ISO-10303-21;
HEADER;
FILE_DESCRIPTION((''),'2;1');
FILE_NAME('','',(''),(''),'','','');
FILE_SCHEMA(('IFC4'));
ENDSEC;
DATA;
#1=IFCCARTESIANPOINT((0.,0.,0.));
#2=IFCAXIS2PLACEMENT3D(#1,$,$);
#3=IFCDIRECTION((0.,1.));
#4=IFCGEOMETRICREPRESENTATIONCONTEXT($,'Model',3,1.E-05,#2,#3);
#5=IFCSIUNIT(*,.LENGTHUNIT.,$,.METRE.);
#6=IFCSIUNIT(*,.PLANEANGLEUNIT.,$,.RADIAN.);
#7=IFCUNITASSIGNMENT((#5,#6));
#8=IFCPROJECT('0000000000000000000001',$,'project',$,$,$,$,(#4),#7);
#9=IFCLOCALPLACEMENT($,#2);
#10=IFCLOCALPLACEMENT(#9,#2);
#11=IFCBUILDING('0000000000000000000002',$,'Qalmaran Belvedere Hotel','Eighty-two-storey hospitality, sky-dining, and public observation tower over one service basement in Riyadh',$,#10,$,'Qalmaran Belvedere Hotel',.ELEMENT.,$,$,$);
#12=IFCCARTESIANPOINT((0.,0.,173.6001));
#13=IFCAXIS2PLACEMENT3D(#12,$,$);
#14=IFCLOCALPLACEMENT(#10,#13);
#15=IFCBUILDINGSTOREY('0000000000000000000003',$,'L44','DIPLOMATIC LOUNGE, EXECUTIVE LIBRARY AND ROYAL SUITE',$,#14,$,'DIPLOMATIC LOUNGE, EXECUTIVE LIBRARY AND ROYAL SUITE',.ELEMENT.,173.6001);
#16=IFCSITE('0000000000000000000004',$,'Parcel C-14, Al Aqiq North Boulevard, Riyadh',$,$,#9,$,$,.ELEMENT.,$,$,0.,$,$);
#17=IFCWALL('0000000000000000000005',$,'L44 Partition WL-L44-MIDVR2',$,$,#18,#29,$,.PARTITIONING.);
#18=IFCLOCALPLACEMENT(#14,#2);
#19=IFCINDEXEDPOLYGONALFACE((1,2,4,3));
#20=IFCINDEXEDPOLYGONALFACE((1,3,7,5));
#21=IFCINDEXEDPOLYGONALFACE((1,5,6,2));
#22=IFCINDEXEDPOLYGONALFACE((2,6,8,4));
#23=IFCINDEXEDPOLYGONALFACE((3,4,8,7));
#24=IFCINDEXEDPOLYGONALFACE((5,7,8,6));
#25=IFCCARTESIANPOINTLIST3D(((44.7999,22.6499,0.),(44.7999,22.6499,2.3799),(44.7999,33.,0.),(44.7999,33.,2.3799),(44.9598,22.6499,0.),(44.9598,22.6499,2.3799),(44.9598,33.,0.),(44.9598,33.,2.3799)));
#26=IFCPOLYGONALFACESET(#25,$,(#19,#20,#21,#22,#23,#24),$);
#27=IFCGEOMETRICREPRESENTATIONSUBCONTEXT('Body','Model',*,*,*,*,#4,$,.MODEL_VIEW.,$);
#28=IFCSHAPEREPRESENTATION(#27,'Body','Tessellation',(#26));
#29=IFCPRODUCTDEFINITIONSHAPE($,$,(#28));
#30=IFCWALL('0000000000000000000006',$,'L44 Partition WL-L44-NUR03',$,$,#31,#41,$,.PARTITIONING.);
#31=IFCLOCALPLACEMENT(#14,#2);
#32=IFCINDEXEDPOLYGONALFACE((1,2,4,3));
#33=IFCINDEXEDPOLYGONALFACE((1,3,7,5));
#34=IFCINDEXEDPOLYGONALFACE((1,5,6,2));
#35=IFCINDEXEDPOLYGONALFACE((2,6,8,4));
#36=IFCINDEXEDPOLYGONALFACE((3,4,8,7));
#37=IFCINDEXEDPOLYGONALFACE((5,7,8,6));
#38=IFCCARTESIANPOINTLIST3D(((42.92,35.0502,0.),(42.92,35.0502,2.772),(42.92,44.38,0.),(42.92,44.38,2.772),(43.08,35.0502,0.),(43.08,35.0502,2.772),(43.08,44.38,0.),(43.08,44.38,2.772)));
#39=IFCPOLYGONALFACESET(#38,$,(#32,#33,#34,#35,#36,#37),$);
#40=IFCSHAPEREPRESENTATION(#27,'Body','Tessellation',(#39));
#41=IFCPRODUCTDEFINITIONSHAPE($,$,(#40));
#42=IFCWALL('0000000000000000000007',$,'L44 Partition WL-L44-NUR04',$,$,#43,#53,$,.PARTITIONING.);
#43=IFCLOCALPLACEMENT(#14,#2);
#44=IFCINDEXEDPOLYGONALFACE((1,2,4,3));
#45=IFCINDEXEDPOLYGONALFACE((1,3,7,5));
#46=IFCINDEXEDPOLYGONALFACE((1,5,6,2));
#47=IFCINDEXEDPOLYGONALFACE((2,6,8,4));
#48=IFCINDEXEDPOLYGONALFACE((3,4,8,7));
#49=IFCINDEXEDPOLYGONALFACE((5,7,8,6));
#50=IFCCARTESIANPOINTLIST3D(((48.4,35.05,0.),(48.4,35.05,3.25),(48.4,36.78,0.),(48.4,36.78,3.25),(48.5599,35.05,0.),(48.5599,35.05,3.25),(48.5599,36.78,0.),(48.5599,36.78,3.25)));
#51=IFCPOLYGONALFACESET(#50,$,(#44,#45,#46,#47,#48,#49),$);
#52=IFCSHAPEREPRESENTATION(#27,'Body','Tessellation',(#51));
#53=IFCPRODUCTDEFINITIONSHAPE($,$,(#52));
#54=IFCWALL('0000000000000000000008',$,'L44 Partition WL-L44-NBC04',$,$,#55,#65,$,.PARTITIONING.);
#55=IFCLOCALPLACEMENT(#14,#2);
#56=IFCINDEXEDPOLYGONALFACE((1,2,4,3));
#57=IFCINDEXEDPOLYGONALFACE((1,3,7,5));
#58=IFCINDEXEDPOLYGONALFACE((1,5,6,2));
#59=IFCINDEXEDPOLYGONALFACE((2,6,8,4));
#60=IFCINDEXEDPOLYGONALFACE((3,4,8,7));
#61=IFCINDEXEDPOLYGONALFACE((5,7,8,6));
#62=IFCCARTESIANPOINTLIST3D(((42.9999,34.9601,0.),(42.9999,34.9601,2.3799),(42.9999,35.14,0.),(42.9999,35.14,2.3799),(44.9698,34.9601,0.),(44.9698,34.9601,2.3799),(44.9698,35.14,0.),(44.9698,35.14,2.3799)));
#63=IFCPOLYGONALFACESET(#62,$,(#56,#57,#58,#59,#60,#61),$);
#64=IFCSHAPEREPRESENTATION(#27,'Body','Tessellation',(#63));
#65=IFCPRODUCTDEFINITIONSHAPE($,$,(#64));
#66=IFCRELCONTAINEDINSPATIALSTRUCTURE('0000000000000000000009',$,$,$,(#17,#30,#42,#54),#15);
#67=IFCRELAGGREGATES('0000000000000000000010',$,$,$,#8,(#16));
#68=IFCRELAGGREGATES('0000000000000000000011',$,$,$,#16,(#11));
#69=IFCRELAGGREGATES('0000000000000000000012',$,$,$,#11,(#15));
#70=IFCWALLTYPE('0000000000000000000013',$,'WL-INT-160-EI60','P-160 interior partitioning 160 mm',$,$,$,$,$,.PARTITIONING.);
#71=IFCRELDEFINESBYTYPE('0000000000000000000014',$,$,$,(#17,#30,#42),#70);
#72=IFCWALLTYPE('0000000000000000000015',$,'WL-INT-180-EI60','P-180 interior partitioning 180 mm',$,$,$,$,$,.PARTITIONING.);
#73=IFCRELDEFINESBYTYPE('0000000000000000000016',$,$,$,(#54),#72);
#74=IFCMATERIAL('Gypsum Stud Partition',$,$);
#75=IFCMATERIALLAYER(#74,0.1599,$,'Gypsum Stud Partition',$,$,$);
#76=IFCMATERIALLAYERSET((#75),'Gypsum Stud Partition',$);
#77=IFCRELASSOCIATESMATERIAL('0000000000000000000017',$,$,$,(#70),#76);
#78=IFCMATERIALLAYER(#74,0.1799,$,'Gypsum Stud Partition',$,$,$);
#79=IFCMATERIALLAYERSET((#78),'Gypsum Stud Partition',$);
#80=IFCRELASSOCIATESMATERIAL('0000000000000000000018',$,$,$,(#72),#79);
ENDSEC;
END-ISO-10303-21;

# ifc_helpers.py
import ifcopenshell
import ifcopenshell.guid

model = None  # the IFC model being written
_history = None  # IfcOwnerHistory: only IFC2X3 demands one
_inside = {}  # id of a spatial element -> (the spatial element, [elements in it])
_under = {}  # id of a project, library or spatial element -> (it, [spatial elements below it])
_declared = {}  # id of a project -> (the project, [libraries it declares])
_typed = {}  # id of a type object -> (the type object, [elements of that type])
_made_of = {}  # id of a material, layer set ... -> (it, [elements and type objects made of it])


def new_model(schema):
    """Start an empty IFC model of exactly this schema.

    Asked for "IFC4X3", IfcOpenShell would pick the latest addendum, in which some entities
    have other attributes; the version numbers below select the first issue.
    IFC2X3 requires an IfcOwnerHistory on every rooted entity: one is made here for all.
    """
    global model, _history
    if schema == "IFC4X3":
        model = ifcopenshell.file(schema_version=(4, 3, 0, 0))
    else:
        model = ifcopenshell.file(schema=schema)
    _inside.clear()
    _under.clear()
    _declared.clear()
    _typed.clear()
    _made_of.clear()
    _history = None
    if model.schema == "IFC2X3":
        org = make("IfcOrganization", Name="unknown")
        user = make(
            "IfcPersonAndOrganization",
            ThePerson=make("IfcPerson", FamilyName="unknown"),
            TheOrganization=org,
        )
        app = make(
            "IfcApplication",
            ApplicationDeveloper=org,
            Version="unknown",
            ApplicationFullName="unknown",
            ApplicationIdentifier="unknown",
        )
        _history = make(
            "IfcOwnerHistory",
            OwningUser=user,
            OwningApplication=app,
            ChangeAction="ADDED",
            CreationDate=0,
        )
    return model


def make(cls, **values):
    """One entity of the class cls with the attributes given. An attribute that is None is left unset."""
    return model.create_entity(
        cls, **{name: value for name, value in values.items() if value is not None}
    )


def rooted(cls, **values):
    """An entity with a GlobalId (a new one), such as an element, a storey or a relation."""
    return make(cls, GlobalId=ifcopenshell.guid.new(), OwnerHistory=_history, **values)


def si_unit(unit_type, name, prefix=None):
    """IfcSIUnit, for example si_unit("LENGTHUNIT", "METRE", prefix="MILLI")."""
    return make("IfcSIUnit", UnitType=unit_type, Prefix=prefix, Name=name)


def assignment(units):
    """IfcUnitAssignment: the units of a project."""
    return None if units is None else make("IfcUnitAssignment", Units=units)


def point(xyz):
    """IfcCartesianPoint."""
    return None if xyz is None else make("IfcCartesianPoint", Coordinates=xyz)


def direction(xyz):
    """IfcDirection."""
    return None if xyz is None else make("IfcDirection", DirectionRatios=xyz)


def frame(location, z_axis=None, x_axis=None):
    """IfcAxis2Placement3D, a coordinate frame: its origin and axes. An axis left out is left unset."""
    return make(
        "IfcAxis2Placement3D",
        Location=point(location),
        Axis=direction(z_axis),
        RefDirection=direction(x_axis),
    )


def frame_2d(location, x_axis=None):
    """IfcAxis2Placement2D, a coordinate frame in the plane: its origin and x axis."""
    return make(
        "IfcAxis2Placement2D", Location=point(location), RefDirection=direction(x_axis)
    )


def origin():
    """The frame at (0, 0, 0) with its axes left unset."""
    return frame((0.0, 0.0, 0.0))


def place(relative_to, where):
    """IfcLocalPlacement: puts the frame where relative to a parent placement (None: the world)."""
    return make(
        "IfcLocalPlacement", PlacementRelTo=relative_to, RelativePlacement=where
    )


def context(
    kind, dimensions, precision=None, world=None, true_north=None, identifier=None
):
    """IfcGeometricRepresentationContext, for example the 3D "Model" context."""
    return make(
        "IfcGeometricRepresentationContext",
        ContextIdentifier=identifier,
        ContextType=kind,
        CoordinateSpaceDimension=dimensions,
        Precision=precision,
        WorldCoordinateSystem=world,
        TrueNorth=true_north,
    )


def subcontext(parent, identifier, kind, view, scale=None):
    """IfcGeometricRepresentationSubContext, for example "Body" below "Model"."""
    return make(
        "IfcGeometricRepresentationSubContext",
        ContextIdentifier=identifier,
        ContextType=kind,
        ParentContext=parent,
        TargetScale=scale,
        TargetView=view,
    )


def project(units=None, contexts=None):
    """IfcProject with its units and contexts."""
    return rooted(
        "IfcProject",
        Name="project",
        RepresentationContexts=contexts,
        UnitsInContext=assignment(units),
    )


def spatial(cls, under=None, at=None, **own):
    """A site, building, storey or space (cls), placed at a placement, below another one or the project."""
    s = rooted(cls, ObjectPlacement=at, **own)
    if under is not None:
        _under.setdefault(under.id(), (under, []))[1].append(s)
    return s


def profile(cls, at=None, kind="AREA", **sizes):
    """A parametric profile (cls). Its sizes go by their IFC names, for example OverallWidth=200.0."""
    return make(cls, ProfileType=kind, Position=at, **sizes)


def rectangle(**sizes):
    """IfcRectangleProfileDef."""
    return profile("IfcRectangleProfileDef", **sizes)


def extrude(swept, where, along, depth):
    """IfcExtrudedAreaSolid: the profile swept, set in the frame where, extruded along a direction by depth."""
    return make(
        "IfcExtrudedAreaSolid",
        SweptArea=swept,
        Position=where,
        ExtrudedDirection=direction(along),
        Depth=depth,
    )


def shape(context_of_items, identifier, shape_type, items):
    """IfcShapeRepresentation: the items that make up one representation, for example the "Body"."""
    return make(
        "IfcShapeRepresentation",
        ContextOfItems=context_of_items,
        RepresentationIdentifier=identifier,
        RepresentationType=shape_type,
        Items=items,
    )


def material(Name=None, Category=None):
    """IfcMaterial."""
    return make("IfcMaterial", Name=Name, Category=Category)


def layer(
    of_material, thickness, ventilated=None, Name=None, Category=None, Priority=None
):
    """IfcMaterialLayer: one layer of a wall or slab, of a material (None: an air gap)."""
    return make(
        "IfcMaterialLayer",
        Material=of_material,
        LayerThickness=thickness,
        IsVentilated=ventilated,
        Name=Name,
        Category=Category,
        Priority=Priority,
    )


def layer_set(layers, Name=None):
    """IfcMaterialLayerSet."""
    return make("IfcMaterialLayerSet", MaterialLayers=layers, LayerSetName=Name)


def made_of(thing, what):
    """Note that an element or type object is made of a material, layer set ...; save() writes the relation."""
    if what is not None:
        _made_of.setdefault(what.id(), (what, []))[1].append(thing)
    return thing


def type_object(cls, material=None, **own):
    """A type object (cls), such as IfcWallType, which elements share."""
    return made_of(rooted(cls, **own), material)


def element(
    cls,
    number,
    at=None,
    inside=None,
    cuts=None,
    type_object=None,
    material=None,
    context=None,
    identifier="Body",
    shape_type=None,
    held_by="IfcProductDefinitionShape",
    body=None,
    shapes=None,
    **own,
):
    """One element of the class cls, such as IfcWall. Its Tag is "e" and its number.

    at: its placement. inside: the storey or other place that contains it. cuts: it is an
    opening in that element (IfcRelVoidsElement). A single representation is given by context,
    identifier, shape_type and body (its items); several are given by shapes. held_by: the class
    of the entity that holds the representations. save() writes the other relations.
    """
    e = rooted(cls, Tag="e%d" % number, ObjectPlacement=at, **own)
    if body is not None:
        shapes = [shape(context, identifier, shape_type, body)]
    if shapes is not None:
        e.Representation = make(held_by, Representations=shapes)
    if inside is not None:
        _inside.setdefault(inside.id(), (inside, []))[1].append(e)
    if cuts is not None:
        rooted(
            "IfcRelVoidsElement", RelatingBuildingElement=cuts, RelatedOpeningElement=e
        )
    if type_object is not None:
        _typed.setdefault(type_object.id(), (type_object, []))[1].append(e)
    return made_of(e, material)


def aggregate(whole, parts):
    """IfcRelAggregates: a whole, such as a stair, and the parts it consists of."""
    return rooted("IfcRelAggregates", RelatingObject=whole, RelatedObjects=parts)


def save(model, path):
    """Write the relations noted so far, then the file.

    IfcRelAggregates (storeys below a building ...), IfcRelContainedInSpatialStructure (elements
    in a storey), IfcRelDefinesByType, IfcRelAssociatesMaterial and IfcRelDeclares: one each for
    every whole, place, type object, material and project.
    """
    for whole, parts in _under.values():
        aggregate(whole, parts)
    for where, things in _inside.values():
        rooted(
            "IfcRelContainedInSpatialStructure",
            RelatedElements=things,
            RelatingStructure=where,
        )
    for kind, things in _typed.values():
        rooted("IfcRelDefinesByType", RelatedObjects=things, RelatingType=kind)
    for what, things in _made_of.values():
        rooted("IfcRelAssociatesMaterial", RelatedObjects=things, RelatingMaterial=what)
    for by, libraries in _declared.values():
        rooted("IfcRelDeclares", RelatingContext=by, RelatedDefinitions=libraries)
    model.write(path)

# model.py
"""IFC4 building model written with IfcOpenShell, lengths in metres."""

from ifc_helpers import new_model, si_unit, direction, frame, frame_2d, origin, place, context, subcontext, project, spatial, rectangle, extrude, material, layer, layer_set, type_object, element, save


model = new_model("IFC4")

# Units and contexts
model_context = context("Model", 3, precision=1e-05, world=origin(), true_north=direction((0.0, 1.0)))
body_context = subcontext(model_context, "Body", "Model", "MODEL_VIEW")
ifc_project = project(units=[si_unit("LENGTHUNIT", "METRE"), si_unit("PLANEANGLEUNIT", "RADIAN")], contexts=[model_context])

# Site, building, storey
site_placement = place(None, origin())
site = spatial("IfcSite", under=ifc_project, at=site_placement, Name="Parcel C-14, Al Aqiq North Boulevard, Riyadh", CompositionType="ELEMENT", RefElevation=0.0)
building_placement = place(site_placement, origin())
building = spatial("IfcBuilding", under=site, at=building_placement, Name="Qalmaran Belvedere Hotel", Description="Eighty-two-storey hospitality, sky-dining, and public observation tower over one service basement in Riyadh", LongName="Qalmaran Belvedere Hotel", CompositionType="ELEMENT")
storey_placement = place(building_placement, frame((0.0, 0.0, 173.6001)))
storey = spatial("IfcBuildingStorey", under=building, at=storey_placement, Name="L44", Description="DIPLOMATIC LOUNGE, EXECUTIVE LIBRARY AND ROYAL SUITE", LongName="DIPLOMATIC LOUNGE, EXECUTIVE LIBRARY AND ROYAL SUITE", CompositionType="ELEMENT", Elevation=173.6001)

# Shared definitions
ifc_material_1 = material(Name="Gypsum Stud Partition")
ifc_layer_1 = layer(ifc_material_1, 0.1599, Name="Gypsum Stud Partition")
ifc_layer_set_1 = layer_set([ifc_layer_1], Name="Gypsum Stud Partition")
wall_type_1 = type_object("IfcWallType", Name="WL-INT-160-EI60", Description="P-160 interior partitioning 160 mm", PredefinedType="PARTITIONING", material=ifc_layer_set_1)

# Walls
wall_1_placement = place(storey_placement, frame((44.8799, 22.6499, 0.0), z_axis=(0.0, 0.0, 1.0), x_axis=(0.0, 1.0, 0.0)))
element("IfcWall", 1, at=wall_1_placement, inside=storey, type_object=wall_type_1, Name="L44 Partition WL-L44-MIDVR2", PredefinedType="PARTITIONING", context=body_context, shape_type="SweptSolid", body=[
    extrude(rectangle(XDim=10.3501, YDim=0.1599, at=frame_2d((5.175, 0.0))), origin(), (0.0, 0.0, 1.0), 2.3799),
])
wall_2_placement = place(storey_placement, frame((43.0, 35.05, 0.0), z_axis=(0.0, 0.0, 1.0), x_axis=(0.0, 1.0, 0.0)))
element("IfcWall", 2, at=wall_2_placement, inside=storey, type_object=wall_type_1, Name="L44 Partition WL-L44-NUR03", PredefinedType="PARTITIONING", context=body_context, shape_type="SweptSolid", body=[
    extrude(rectangle(XDim=9.3298, YDim=0.1599, at=frame_2d((4.665, 0.0))), origin(), (0.0, 0.0, 1.0), 2.772),
])
wall_3_placement = place(storey_placement, frame((48.48, 35.05, 0.0), z_axis=(0.0, 0.0, 1.0), x_axis=(0.0, 1.0, 0.0)))
element("IfcWall", 3, at=wall_3_placement, inside=storey, type_object=wall_type_1, Name="L44 Partition WL-L44-NUR04", PredefinedType="PARTITIONING", context=body_context, shape_type="SweptSolid", body=[
    extrude(rectangle(XDim=1.73, YDim=0.1599, at=frame_2d((0.865, 0.0))), origin(), (0.0, 0.0, 1.0), 3.25),
])
ifc_layer_2 = layer(ifc_material_1, 0.1799, Name="Gypsum Stud Partition")
ifc_layer_set_2 = layer_set([ifc_layer_2], Name="Gypsum Stud Partition")
wall_type_2 = type_object("IfcWallType", Name="WL-INT-180-EI60", Description="P-180 interior partitioning 180 mm", PredefinedType="PARTITIONING", material=ifc_layer_set_2)
wall_4_placement = place(storey_placement, frame((43.0, 35.05, 0.0), z_axis=(0.0, 0.0, 1.0), x_axis=(1.0, 0.0, 0.0)))
element("IfcWall", 4, at=wall_4_placement, inside=storey, type_object=wall_type_2, Name="L44 Partition WL-L44-NBC04", PredefinedType="PARTITIONING", context=body_context, shape_type="SweptSolid", body=[
    extrude(rectangle(XDim=1.97, YDim=0.1799, at=frame_2d((0.9849, 0.0))), origin(), (0.0, 0.0, 1.0), 2.3799),
])

save(model, "model.ifc")
